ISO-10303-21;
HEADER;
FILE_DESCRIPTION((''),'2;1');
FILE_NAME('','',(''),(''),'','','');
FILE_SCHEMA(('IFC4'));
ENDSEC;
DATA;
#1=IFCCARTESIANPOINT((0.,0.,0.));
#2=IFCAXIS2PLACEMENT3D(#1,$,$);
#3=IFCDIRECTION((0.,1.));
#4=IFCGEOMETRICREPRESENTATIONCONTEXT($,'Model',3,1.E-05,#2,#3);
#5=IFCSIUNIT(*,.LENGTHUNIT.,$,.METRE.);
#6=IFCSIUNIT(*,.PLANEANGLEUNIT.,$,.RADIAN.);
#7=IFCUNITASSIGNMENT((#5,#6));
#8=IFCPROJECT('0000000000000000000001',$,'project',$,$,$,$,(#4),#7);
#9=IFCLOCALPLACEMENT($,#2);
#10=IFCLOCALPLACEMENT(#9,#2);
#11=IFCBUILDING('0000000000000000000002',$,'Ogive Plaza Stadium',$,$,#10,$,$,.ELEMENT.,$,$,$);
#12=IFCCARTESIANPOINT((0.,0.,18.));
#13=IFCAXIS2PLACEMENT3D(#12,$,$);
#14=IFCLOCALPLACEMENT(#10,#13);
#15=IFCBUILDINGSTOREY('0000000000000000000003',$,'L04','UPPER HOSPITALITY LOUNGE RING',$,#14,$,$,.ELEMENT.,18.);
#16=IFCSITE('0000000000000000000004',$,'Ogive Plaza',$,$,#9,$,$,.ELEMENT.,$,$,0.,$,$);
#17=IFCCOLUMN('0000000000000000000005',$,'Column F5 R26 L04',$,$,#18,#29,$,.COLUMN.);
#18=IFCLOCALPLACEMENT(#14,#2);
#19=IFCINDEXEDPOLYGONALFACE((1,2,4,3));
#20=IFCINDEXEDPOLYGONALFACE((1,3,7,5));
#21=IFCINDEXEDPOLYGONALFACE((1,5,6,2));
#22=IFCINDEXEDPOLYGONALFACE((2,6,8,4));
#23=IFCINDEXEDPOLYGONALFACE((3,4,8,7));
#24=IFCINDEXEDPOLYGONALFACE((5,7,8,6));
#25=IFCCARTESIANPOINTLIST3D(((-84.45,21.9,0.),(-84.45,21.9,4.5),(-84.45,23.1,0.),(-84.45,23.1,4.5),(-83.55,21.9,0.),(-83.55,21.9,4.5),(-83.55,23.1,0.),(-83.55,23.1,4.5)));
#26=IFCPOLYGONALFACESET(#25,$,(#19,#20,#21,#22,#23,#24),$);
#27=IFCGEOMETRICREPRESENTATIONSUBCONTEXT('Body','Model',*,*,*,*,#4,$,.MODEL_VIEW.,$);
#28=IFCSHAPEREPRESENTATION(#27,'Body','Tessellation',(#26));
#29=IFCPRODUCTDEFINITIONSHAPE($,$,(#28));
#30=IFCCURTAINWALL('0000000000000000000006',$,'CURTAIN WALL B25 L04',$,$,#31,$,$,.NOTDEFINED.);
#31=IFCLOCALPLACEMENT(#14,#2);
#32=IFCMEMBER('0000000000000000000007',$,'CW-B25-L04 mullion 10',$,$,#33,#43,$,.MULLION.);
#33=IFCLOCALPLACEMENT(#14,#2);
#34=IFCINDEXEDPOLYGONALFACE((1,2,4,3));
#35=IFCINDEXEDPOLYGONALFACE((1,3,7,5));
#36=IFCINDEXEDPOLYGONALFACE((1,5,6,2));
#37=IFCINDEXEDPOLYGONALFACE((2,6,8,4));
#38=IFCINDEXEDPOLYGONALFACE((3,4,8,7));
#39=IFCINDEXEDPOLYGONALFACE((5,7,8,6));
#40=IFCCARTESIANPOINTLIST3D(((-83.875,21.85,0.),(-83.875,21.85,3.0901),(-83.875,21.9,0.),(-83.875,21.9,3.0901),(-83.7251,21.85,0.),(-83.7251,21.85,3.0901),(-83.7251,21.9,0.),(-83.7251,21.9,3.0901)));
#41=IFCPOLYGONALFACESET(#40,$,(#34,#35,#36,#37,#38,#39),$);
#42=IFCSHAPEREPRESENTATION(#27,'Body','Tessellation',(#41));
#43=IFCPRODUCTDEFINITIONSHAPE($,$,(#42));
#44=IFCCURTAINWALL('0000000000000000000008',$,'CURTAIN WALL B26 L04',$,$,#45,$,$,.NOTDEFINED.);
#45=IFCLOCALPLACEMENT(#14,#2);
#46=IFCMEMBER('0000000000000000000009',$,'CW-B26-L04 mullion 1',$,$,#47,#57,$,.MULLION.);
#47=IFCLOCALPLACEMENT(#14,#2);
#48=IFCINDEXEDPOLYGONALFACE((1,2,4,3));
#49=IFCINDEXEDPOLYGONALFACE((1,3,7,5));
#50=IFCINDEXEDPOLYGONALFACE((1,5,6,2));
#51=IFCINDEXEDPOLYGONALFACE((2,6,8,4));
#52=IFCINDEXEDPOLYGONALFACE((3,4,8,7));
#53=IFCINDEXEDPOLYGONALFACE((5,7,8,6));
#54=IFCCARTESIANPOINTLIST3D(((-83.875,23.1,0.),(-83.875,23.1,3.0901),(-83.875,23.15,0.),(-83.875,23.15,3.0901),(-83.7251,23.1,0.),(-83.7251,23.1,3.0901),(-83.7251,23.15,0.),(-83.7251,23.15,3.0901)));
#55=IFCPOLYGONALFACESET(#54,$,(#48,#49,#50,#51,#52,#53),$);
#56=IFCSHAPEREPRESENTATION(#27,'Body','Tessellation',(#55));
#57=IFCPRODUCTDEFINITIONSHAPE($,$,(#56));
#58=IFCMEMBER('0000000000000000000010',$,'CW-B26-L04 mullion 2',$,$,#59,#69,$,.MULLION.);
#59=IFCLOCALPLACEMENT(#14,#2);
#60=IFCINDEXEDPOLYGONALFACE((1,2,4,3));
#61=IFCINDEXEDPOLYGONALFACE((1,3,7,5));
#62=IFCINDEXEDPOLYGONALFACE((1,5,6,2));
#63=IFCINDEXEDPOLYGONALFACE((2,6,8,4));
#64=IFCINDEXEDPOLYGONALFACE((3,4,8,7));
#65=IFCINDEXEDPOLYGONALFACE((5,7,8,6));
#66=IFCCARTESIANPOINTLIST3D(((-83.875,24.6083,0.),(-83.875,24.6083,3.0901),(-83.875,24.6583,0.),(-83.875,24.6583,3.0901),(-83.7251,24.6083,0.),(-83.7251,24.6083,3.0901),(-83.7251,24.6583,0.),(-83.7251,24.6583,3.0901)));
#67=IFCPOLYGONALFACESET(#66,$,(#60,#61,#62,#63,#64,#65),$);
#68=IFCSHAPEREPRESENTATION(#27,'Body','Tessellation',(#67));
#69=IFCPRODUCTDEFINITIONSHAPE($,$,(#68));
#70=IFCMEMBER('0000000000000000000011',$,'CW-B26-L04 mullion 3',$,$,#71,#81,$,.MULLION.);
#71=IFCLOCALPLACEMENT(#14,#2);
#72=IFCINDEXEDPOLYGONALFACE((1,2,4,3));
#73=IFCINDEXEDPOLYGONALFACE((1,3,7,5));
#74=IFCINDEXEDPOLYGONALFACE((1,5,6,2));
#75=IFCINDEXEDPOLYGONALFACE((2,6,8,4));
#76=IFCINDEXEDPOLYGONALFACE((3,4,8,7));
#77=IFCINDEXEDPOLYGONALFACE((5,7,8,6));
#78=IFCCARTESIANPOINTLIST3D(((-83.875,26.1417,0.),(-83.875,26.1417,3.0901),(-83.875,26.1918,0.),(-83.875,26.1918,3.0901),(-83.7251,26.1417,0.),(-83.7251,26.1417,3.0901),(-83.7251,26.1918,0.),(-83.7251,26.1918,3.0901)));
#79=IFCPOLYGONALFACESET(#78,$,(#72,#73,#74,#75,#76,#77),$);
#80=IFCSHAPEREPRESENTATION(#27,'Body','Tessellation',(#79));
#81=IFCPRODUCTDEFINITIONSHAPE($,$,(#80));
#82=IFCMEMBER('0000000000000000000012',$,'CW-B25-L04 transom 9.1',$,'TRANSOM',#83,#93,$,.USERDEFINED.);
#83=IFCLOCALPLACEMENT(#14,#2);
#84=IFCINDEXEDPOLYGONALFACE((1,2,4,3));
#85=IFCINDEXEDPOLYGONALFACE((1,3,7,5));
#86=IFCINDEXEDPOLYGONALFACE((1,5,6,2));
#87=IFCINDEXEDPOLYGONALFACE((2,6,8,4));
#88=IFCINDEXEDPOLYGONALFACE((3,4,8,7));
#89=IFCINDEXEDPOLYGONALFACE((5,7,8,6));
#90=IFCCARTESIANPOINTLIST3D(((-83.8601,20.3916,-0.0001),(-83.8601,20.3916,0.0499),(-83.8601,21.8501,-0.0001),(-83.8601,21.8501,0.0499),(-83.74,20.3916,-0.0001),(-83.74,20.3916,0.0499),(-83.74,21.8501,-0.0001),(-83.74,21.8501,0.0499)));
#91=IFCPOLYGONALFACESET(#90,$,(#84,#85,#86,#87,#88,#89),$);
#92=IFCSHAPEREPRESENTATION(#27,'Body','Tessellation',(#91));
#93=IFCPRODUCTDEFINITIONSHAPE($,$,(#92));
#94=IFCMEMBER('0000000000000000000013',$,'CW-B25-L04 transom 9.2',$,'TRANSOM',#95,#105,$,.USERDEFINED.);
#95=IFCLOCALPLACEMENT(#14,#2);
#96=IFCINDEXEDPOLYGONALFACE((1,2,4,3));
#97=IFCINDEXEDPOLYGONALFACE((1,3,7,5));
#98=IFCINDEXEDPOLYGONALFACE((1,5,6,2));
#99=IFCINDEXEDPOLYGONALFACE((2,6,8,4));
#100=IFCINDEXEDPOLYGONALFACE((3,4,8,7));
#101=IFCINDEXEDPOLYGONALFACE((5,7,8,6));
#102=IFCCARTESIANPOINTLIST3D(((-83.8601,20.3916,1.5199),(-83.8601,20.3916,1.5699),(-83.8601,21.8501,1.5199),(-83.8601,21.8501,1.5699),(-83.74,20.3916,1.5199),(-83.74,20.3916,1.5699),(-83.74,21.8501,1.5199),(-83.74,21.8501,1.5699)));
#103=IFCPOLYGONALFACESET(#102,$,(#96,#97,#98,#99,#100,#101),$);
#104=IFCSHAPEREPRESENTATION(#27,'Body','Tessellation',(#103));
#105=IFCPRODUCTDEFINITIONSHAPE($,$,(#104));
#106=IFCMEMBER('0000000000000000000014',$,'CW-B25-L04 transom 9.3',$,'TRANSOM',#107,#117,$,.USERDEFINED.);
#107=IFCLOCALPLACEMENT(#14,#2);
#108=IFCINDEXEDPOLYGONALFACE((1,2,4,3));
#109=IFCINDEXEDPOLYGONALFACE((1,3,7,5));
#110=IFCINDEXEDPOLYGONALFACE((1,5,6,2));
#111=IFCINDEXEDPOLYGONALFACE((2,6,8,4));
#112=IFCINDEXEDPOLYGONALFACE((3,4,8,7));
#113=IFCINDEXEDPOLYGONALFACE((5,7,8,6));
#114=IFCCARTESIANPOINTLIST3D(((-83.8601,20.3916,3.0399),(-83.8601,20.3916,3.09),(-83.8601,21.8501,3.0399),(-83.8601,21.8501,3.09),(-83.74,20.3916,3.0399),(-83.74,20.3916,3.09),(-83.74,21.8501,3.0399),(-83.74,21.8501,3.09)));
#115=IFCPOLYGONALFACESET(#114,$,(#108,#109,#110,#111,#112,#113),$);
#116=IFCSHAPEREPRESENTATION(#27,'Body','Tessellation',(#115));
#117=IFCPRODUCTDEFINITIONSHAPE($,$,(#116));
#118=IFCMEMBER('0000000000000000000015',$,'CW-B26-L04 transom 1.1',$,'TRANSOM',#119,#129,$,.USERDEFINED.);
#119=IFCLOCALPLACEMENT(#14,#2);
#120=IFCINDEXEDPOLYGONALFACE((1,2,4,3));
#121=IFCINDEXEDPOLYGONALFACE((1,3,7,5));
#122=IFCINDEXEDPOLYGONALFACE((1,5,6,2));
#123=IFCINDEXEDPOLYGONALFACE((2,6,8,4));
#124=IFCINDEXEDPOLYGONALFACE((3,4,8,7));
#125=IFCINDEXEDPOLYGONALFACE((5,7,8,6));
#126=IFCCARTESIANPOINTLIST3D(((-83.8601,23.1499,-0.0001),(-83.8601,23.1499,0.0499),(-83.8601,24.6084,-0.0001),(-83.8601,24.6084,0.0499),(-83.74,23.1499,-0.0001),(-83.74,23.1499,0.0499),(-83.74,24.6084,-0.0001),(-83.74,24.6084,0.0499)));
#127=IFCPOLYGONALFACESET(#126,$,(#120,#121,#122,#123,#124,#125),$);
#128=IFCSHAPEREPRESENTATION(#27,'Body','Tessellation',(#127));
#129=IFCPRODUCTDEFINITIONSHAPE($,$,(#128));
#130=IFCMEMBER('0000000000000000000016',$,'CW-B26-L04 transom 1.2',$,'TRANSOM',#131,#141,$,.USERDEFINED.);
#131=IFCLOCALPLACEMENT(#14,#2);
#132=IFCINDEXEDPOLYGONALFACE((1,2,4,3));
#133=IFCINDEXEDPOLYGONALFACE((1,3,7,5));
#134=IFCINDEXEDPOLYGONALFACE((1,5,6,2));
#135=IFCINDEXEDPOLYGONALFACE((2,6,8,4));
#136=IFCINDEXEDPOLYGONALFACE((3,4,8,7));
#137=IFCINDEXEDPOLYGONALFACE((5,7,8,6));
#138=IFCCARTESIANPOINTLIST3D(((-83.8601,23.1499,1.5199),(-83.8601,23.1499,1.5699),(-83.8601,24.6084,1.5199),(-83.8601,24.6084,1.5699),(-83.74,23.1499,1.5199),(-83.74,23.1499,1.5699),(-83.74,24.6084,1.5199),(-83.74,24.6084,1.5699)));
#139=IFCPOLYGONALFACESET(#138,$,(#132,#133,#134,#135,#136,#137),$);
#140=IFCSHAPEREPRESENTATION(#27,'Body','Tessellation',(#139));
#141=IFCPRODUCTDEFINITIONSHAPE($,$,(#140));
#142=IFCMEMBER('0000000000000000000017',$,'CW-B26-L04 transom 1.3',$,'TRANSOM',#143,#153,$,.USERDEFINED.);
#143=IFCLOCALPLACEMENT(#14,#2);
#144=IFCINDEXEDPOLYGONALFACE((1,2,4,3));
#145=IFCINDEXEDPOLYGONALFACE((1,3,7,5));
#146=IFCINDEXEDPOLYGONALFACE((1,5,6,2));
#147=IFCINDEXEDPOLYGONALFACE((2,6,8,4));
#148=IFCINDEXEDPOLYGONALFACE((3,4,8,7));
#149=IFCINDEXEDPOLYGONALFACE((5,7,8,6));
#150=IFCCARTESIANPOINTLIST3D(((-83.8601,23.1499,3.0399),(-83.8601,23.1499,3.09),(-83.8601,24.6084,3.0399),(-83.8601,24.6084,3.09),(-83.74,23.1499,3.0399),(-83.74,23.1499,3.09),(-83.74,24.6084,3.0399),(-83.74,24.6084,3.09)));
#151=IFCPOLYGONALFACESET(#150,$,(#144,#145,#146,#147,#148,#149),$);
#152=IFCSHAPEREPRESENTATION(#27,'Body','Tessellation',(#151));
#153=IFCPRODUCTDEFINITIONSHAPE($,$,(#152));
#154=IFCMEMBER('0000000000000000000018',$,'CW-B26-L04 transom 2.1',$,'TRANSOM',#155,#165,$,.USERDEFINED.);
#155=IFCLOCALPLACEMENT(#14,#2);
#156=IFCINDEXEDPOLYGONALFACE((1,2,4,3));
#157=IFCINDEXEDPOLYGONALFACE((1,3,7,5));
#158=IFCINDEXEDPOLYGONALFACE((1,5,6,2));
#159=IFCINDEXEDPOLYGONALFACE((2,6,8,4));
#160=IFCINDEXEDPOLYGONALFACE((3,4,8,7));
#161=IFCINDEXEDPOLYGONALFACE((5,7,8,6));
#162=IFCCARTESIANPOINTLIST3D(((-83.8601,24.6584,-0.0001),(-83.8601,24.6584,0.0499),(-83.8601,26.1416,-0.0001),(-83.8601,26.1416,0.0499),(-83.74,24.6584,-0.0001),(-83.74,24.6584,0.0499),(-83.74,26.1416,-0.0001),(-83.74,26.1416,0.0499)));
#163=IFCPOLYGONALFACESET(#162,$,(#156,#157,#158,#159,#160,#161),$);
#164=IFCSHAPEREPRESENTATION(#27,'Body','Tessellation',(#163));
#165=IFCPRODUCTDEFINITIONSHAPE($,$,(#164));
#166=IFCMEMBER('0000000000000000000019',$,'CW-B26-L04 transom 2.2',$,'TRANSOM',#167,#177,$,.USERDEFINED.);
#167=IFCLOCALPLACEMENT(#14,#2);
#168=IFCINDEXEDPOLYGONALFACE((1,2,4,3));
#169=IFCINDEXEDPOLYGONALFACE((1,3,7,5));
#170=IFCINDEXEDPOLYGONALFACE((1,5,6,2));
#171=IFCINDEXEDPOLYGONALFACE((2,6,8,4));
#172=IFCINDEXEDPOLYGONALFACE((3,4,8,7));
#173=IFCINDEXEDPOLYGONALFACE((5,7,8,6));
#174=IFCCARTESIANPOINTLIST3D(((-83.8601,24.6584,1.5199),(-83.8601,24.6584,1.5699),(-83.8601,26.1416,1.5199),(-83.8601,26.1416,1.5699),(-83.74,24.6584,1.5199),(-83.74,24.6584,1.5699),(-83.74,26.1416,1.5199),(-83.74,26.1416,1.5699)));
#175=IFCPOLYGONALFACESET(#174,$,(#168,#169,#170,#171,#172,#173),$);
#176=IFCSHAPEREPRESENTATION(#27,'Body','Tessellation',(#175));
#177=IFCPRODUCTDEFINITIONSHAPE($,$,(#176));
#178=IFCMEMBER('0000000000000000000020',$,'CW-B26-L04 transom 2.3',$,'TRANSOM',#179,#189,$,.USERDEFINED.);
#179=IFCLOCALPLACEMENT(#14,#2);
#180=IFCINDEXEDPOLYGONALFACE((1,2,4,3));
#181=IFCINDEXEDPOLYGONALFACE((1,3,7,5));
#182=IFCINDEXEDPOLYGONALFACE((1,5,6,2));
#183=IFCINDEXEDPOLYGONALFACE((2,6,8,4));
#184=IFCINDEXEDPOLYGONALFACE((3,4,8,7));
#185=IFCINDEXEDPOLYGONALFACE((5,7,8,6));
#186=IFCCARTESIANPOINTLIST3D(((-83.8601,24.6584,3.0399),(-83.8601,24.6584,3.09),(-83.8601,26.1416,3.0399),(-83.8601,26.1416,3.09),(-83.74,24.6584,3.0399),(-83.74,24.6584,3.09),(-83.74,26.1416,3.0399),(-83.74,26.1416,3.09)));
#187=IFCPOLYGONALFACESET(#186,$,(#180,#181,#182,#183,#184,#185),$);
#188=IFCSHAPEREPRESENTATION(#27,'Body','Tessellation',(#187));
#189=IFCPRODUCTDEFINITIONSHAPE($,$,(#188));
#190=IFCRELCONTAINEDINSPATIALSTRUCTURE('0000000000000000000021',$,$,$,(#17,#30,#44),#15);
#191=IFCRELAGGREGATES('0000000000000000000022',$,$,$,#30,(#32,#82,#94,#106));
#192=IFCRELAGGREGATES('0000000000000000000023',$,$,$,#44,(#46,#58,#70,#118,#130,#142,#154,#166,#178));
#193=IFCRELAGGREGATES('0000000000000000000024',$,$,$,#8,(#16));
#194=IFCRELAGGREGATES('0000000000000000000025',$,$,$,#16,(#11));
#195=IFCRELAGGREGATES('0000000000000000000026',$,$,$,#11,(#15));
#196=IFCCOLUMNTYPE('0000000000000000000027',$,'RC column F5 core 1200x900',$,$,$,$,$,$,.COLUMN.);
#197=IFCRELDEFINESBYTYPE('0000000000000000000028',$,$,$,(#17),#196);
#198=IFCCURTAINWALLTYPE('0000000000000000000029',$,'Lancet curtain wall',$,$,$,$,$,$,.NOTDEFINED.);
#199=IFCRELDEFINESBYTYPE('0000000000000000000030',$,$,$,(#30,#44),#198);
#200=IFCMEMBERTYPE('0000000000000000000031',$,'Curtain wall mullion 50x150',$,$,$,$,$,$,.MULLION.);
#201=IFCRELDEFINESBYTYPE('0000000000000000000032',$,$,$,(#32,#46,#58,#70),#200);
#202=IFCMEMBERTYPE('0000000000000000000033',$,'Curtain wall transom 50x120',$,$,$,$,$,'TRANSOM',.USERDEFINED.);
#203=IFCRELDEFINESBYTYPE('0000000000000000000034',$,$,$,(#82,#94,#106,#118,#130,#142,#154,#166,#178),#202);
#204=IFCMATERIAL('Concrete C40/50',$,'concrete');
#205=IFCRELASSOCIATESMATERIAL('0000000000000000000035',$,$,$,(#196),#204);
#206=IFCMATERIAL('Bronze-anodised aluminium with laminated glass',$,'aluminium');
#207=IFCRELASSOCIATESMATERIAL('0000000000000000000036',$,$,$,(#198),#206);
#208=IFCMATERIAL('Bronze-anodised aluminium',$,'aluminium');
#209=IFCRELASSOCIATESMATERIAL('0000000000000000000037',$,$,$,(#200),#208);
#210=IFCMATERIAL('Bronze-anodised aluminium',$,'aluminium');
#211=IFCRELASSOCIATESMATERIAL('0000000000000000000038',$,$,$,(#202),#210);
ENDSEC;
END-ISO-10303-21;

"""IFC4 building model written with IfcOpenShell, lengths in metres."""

from ifc_helpers import new_model, si_unit, direction, frame, origin, origin_2d, place, context, subcontext, project, spatial, rectangle, extrude, material, material_profile, profile_set, type_object, element, aggregate, save


model = new_model("IFC4")

# Units and contexts
model_context = context("Model", 3, precision=1e-05, world=origin(), true_north=direction((0.0, 1.0)))
body_context = subcontext(model_context, "Body", "Model", "MODEL_VIEW")
ifc_project = project(units=[si_unit("LENGTHUNIT", "METRE"), si_unit("PLANEANGLEUNIT", "RADIAN")], contexts=[model_context])

# Site, building, storey
site_placement = place(None, origin())
site = spatial("IfcSite", under=ifc_project, at=site_placement, Name="Ogive Plaza", CompositionType="ELEMENT", RefElevation=0.0)
building_placement = place(site_placement, origin())
building = spatial("IfcBuilding", under=site, at=building_placement, Name="Ogive Plaza Stadium", CompositionType="ELEMENT")
storey_placement = place(building_placement, frame((0.0, 0.0, 18.0)))
storey = spatial("IfcBuildingStorey", under=building, at=storey_placement, Name="L04", Description="UPPER HOSPITALITY LOUNGE RING", CompositionType="ELEMENT", Elevation=18.0)

# Column
ifc_material_1 = material(Name="Concrete C40/50", Category="concrete")
ifc_material_profile_1 = material_profile(ifc_material_1, rectangle(XDim=1.2, YDim=0.8999, at=origin_2d()), Name="RC 1200x900")
ifc_profile_set_1 = profile_set([ifc_material_profile_1], Name="Concrete C40/50")
column_type = type_object("IfcColumnType", Name="RC column F5 core 1200x900", PredefinedType="COLUMN", material=ifc_profile_set_1)
column_placement = place(storey_placement, frame((-84.0, 22.5, 0.0), z_axis=(0.0, 0.0, 1.0), x_axis=(0.0, -1.0, 0.0)))
element("IfcColumn", 1, at=column_placement, inside=storey, type_object=column_type, Name="Column F5 R26 L04", PredefinedType="COLUMN", context=body_context, shape_type="SweptSolid", body=[
    extrude(rectangle(XDim=1.2, YDim=0.8999, at=origin_2d()), origin(), (0.0, 0.0, 1.0), 4.5),
])

# Curtain wall, member
ifc_material_2 = material(Name="Bronze-anodised aluminium with laminated glass", Category="aluminium")
curtain_wall_type = type_object("IfcCurtainWallType", Name="Lancet curtain wall", PredefinedType="NOTDEFINED", material=ifc_material_2)
curtain_wall_1_placement = place(storey_placement, origin())
curtain_wall_1 = element("IfcCurtainWall", 2, at=curtain_wall_1_placement, inside=storey, type_object=curtain_wall_type, Name="CURTAIN WALL B25 L04", PredefinedType="NOTDEFINED")
ifc_material_3 = material(Name="Bronze-anodised aluminium", Category="aluminium")
ifc_material_profile_2 = material_profile(ifc_material_3, rectangle(XDim=0.1499, YDim=0.05, at=origin_2d()), Name="AL 150x50")
ifc_profile_set_2 = profile_set([ifc_material_profile_2], Name="Bronze-anodised aluminium")
member_type_1 = type_object("IfcMemberType", Name="Curtain wall mullion 50x150", PredefinedType="MULLION", material=ifc_profile_set_2)
member_1_placement = place(storey_placement, frame((-83.8, 21.875, 0.0), z_axis=(0.0, 0.0, 1.0), x_axis=(-1.0, 0.0, 0.0)))
member_1 = element("IfcMember", 3, at=member_1_placement, type_object=member_type_1, Name="CW-B25-L04 mullion 10", PredefinedType="MULLION", context=body_context, shape_type="SweptSolid", body=[
    extrude(rectangle(XDim=0.1499, YDim=0.05, at=origin_2d()), origin(), (0.0, 0.0, 1.0), 3.0901),
])

# Curtain wall, members
curtain_wall_2_placement = place(storey_placement, origin())
curtain_wall_2 = element("IfcCurtainWall", 4, at=curtain_wall_2_placement, inside=storey, type_object=curtain_wall_type, Name="CURTAIN WALL B26 L04", PredefinedType="NOTDEFINED")
member_2_placement = place(storey_placement, frame((-83.8, 23.125, 0.0), z_axis=(0.0, 0.0, 1.0), x_axis=(-1.0, 0.0, 0.0)))
member_2 = element("IfcMember", 5, at=member_2_placement, type_object=member_type_1, Name="CW-B26-L04 mullion 1", PredefinedType="MULLION", context=body_context, shape_type="SweptSolid", body=[
    extrude(rectangle(XDim=0.1499, YDim=0.05, at=origin_2d()), origin(), (0.0, 0.0, 1.0), 3.0901),
])
member_3_placement = place(storey_placement, frame((-83.8, 24.6333, 0.0), z_axis=(0.0, 0.0, 1.0), x_axis=(-1.0, 0.0, 0.0)))
member_3 = element("IfcMember", 6, at=member_3_placement, type_object=member_type_1, Name="CW-B26-L04 mullion 2", PredefinedType="MULLION", context=body_context, shape_type="SweptSolid", body=[
    extrude(rectangle(XDim=0.1499, YDim=0.05, at=origin_2d()), origin(), (0.0, 0.0, 1.0), 3.0901),
])
member_4_placement = place(storey_placement, frame((-83.8, 26.1667, 0.0), z_axis=(0.0, 0.0, 1.0), x_axis=(-1.0, 0.0, 0.0)))
member_4 = element("IfcMember", 7, at=member_4_placement, type_object=member_type_1, Name="CW-B26-L04 mullion 3", PredefinedType="MULLION", context=body_context, shape_type="SweptSolid", body=[
    extrude(rectangle(XDim=0.1499, YDim=0.05, at=origin_2d()), origin(), (0.0, 0.0, 1.0), 3.0901),
])

# Members
ifc_material_4 = material(Name="Bronze-anodised aluminium", Category="aluminium")
ifc_material_profile_3 = material_profile(ifc_material_4, rectangle(XDim=0.1201, YDim=0.05, at=origin_2d()), Name="AL 120x50")
ifc_profile_set_3 = profile_set([ifc_material_profile_3], Name="Bronze-anodised aluminium")
member_type_2 = type_object("IfcMemberType", Name="Curtain wall transom 50x120", ElementType="TRANSOM", PredefinedType="USERDEFINED", material=ifc_profile_set_3)
member_5_placement = place(storey_placement, frame((-83.8, 20.3916, 0.0249), z_axis=(0.0, 1.0, 0.0), x_axis=(-1.0, 0.0, 0.0)))
member_5 = element("IfcMember", 8, at=member_5_placement, type_object=member_type_2, Name="CW-B25-L04 transom 9.1", ObjectType="TRANSOM", PredefinedType="USERDEFINED", context=body_context, shape_type="SweptSolid", body=[
    extrude(rectangle(XDim=0.1201, YDim=0.05, at=origin_2d()), origin(), (0.0, 0.0, 1.0), 1.4585),
])
member_6_placement = place(storey_placement, frame((-83.8, 20.3916, 1.5449), z_axis=(0.0, 1.0, 0.0), x_axis=(-1.0, 0.0, 0.0)))
member_6 = element("IfcMember", 9, at=member_6_placement, type_object=member_type_2, Name="CW-B25-L04 transom 9.2", ObjectType="TRANSOM", PredefinedType="USERDEFINED", context=body_context, shape_type="SweptSolid", body=[
    extrude(rectangle(XDim=0.1201, YDim=0.05, at=origin_2d()), origin(), (0.0, 0.0, 1.0), 1.4585),
])
member_7_placement = place(storey_placement, frame((-83.8, 20.3916, 3.0649), z_axis=(0.0, 1.0, 0.0), x_axis=(-1.0, 0.0, 0.0)))
member_7 = element("IfcMember", 10, at=member_7_placement, type_object=member_type_2, Name="CW-B25-L04 transom 9.3", ObjectType="TRANSOM", PredefinedType="USERDEFINED", context=body_context, shape_type="SweptSolid", body=[
    extrude(rectangle(XDim=0.1201, YDim=0.05, at=origin_2d()), origin(), (0.0, 0.0, 1.0), 1.4585),
])
member_8_placement = place(storey_placement, frame((-83.8, 23.1499, 0.0249), z_axis=(0.0, 1.0, 0.0), x_axis=(-1.0, 0.0, 0.0)))
member_8 = element("IfcMember", 11, at=member_8_placement, type_object=member_type_2, Name="CW-B26-L04 transom 1.1", ObjectType="TRANSOM", PredefinedType="USERDEFINED", context=body_context, shape_type="SweptSolid", body=[
    extrude(rectangle(XDim=0.1201, YDim=0.05, at=origin_2d()), origin(), (0.0, 0.0, 1.0), 1.4585),
])
member_9_placement = place(storey_placement, frame((-83.8, 23.1499, 1.5449), z_axis=(0.0, 1.0, 0.0), x_axis=(-1.0, 0.0, 0.0)))
member_9 = element("IfcMember", 12, at=member_9_placement, type_object=member_type_2, Name="CW-B26-L04 transom 1.2", ObjectType="TRANSOM", PredefinedType="USERDEFINED", context=body_context, shape_type="SweptSolid", body=[
    extrude(rectangle(XDim=0.1201, YDim=0.05, at=origin_2d()), origin(), (0.0, 0.0, 1.0), 1.4585),
])
member_10_placement = place(storey_placement, frame((-83.8, 23.1499, 3.0649), z_axis=(0.0, 1.0, 0.0), x_axis=(-1.0, 0.0, 0.0)))
member_10 = element("IfcMember", 13, at=member_10_placement, type_object=member_type_2, Name="CW-B26-L04 transom 1.3", ObjectType="TRANSOM", PredefinedType="USERDEFINED", context=body_context, shape_type="SweptSolid", body=[
    extrude(rectangle(XDim=0.1201, YDim=0.05, at=origin_2d()), origin(), (0.0, 0.0, 1.0), 1.4585),
])
member_11_placement = place(storey_placement, frame((-83.8, 24.6584, 0.0249), z_axis=(0.0, 1.0, 0.0), x_axis=(-1.0, 0.0, 0.0)))
member_11 = element("IfcMember", 14, at=member_11_placement, type_object=member_type_2, Name="CW-B26-L04 transom 2.1", ObjectType="TRANSOM", PredefinedType="USERDEFINED", context=body_context, shape_type="SweptSolid", body=[
    extrude(rectangle(XDim=0.1201, YDim=0.05, at=origin_2d()), origin(), (0.0, 0.0, 1.0), 1.4832),
])
member_12_placement = place(storey_placement, frame((-83.8, 24.6584, 1.5449), z_axis=(0.0, 1.0, 0.0), x_axis=(-1.0, 0.0, 0.0)))
member_12 = element("IfcMember", 15, at=member_12_placement, type_object=member_type_2, Name="CW-B26-L04 transom 2.2", ObjectType="TRANSOM", PredefinedType="USERDEFINED", context=body_context, shape_type="SweptSolid", body=[
    extrude(rectangle(XDim=0.1201, YDim=0.05, at=origin_2d()), origin(), (0.0, 0.0, 1.0), 1.4832),
])
member_13_placement = place(storey_placement, frame((-83.8, 24.6584, 3.0649), z_axis=(0.0, 1.0, 0.0), x_axis=(-1.0, 0.0, 0.0)))
member_13 = element("IfcMember", 16, at=member_13_placement, type_object=member_type_2, Name="CW-B26-L04 transom 2.3", ObjectType="TRANSOM", PredefinedType="USERDEFINED", context=body_context, shape_type="SweptSolid", body=[
    extrude(rectangle(XDim=0.1201, YDim=0.05, at=origin_2d()), origin(), (0.0, 0.0, 1.0), 1.4832),
])

aggregate(curtain_wall_1, [member_1, member_5, member_6, member_7])
aggregate(curtain_wall_2, [member_2, member_3, member_4, member_8, member_9, member_10, member_11, member_12, member_13])

save(model, "model.ifc")
